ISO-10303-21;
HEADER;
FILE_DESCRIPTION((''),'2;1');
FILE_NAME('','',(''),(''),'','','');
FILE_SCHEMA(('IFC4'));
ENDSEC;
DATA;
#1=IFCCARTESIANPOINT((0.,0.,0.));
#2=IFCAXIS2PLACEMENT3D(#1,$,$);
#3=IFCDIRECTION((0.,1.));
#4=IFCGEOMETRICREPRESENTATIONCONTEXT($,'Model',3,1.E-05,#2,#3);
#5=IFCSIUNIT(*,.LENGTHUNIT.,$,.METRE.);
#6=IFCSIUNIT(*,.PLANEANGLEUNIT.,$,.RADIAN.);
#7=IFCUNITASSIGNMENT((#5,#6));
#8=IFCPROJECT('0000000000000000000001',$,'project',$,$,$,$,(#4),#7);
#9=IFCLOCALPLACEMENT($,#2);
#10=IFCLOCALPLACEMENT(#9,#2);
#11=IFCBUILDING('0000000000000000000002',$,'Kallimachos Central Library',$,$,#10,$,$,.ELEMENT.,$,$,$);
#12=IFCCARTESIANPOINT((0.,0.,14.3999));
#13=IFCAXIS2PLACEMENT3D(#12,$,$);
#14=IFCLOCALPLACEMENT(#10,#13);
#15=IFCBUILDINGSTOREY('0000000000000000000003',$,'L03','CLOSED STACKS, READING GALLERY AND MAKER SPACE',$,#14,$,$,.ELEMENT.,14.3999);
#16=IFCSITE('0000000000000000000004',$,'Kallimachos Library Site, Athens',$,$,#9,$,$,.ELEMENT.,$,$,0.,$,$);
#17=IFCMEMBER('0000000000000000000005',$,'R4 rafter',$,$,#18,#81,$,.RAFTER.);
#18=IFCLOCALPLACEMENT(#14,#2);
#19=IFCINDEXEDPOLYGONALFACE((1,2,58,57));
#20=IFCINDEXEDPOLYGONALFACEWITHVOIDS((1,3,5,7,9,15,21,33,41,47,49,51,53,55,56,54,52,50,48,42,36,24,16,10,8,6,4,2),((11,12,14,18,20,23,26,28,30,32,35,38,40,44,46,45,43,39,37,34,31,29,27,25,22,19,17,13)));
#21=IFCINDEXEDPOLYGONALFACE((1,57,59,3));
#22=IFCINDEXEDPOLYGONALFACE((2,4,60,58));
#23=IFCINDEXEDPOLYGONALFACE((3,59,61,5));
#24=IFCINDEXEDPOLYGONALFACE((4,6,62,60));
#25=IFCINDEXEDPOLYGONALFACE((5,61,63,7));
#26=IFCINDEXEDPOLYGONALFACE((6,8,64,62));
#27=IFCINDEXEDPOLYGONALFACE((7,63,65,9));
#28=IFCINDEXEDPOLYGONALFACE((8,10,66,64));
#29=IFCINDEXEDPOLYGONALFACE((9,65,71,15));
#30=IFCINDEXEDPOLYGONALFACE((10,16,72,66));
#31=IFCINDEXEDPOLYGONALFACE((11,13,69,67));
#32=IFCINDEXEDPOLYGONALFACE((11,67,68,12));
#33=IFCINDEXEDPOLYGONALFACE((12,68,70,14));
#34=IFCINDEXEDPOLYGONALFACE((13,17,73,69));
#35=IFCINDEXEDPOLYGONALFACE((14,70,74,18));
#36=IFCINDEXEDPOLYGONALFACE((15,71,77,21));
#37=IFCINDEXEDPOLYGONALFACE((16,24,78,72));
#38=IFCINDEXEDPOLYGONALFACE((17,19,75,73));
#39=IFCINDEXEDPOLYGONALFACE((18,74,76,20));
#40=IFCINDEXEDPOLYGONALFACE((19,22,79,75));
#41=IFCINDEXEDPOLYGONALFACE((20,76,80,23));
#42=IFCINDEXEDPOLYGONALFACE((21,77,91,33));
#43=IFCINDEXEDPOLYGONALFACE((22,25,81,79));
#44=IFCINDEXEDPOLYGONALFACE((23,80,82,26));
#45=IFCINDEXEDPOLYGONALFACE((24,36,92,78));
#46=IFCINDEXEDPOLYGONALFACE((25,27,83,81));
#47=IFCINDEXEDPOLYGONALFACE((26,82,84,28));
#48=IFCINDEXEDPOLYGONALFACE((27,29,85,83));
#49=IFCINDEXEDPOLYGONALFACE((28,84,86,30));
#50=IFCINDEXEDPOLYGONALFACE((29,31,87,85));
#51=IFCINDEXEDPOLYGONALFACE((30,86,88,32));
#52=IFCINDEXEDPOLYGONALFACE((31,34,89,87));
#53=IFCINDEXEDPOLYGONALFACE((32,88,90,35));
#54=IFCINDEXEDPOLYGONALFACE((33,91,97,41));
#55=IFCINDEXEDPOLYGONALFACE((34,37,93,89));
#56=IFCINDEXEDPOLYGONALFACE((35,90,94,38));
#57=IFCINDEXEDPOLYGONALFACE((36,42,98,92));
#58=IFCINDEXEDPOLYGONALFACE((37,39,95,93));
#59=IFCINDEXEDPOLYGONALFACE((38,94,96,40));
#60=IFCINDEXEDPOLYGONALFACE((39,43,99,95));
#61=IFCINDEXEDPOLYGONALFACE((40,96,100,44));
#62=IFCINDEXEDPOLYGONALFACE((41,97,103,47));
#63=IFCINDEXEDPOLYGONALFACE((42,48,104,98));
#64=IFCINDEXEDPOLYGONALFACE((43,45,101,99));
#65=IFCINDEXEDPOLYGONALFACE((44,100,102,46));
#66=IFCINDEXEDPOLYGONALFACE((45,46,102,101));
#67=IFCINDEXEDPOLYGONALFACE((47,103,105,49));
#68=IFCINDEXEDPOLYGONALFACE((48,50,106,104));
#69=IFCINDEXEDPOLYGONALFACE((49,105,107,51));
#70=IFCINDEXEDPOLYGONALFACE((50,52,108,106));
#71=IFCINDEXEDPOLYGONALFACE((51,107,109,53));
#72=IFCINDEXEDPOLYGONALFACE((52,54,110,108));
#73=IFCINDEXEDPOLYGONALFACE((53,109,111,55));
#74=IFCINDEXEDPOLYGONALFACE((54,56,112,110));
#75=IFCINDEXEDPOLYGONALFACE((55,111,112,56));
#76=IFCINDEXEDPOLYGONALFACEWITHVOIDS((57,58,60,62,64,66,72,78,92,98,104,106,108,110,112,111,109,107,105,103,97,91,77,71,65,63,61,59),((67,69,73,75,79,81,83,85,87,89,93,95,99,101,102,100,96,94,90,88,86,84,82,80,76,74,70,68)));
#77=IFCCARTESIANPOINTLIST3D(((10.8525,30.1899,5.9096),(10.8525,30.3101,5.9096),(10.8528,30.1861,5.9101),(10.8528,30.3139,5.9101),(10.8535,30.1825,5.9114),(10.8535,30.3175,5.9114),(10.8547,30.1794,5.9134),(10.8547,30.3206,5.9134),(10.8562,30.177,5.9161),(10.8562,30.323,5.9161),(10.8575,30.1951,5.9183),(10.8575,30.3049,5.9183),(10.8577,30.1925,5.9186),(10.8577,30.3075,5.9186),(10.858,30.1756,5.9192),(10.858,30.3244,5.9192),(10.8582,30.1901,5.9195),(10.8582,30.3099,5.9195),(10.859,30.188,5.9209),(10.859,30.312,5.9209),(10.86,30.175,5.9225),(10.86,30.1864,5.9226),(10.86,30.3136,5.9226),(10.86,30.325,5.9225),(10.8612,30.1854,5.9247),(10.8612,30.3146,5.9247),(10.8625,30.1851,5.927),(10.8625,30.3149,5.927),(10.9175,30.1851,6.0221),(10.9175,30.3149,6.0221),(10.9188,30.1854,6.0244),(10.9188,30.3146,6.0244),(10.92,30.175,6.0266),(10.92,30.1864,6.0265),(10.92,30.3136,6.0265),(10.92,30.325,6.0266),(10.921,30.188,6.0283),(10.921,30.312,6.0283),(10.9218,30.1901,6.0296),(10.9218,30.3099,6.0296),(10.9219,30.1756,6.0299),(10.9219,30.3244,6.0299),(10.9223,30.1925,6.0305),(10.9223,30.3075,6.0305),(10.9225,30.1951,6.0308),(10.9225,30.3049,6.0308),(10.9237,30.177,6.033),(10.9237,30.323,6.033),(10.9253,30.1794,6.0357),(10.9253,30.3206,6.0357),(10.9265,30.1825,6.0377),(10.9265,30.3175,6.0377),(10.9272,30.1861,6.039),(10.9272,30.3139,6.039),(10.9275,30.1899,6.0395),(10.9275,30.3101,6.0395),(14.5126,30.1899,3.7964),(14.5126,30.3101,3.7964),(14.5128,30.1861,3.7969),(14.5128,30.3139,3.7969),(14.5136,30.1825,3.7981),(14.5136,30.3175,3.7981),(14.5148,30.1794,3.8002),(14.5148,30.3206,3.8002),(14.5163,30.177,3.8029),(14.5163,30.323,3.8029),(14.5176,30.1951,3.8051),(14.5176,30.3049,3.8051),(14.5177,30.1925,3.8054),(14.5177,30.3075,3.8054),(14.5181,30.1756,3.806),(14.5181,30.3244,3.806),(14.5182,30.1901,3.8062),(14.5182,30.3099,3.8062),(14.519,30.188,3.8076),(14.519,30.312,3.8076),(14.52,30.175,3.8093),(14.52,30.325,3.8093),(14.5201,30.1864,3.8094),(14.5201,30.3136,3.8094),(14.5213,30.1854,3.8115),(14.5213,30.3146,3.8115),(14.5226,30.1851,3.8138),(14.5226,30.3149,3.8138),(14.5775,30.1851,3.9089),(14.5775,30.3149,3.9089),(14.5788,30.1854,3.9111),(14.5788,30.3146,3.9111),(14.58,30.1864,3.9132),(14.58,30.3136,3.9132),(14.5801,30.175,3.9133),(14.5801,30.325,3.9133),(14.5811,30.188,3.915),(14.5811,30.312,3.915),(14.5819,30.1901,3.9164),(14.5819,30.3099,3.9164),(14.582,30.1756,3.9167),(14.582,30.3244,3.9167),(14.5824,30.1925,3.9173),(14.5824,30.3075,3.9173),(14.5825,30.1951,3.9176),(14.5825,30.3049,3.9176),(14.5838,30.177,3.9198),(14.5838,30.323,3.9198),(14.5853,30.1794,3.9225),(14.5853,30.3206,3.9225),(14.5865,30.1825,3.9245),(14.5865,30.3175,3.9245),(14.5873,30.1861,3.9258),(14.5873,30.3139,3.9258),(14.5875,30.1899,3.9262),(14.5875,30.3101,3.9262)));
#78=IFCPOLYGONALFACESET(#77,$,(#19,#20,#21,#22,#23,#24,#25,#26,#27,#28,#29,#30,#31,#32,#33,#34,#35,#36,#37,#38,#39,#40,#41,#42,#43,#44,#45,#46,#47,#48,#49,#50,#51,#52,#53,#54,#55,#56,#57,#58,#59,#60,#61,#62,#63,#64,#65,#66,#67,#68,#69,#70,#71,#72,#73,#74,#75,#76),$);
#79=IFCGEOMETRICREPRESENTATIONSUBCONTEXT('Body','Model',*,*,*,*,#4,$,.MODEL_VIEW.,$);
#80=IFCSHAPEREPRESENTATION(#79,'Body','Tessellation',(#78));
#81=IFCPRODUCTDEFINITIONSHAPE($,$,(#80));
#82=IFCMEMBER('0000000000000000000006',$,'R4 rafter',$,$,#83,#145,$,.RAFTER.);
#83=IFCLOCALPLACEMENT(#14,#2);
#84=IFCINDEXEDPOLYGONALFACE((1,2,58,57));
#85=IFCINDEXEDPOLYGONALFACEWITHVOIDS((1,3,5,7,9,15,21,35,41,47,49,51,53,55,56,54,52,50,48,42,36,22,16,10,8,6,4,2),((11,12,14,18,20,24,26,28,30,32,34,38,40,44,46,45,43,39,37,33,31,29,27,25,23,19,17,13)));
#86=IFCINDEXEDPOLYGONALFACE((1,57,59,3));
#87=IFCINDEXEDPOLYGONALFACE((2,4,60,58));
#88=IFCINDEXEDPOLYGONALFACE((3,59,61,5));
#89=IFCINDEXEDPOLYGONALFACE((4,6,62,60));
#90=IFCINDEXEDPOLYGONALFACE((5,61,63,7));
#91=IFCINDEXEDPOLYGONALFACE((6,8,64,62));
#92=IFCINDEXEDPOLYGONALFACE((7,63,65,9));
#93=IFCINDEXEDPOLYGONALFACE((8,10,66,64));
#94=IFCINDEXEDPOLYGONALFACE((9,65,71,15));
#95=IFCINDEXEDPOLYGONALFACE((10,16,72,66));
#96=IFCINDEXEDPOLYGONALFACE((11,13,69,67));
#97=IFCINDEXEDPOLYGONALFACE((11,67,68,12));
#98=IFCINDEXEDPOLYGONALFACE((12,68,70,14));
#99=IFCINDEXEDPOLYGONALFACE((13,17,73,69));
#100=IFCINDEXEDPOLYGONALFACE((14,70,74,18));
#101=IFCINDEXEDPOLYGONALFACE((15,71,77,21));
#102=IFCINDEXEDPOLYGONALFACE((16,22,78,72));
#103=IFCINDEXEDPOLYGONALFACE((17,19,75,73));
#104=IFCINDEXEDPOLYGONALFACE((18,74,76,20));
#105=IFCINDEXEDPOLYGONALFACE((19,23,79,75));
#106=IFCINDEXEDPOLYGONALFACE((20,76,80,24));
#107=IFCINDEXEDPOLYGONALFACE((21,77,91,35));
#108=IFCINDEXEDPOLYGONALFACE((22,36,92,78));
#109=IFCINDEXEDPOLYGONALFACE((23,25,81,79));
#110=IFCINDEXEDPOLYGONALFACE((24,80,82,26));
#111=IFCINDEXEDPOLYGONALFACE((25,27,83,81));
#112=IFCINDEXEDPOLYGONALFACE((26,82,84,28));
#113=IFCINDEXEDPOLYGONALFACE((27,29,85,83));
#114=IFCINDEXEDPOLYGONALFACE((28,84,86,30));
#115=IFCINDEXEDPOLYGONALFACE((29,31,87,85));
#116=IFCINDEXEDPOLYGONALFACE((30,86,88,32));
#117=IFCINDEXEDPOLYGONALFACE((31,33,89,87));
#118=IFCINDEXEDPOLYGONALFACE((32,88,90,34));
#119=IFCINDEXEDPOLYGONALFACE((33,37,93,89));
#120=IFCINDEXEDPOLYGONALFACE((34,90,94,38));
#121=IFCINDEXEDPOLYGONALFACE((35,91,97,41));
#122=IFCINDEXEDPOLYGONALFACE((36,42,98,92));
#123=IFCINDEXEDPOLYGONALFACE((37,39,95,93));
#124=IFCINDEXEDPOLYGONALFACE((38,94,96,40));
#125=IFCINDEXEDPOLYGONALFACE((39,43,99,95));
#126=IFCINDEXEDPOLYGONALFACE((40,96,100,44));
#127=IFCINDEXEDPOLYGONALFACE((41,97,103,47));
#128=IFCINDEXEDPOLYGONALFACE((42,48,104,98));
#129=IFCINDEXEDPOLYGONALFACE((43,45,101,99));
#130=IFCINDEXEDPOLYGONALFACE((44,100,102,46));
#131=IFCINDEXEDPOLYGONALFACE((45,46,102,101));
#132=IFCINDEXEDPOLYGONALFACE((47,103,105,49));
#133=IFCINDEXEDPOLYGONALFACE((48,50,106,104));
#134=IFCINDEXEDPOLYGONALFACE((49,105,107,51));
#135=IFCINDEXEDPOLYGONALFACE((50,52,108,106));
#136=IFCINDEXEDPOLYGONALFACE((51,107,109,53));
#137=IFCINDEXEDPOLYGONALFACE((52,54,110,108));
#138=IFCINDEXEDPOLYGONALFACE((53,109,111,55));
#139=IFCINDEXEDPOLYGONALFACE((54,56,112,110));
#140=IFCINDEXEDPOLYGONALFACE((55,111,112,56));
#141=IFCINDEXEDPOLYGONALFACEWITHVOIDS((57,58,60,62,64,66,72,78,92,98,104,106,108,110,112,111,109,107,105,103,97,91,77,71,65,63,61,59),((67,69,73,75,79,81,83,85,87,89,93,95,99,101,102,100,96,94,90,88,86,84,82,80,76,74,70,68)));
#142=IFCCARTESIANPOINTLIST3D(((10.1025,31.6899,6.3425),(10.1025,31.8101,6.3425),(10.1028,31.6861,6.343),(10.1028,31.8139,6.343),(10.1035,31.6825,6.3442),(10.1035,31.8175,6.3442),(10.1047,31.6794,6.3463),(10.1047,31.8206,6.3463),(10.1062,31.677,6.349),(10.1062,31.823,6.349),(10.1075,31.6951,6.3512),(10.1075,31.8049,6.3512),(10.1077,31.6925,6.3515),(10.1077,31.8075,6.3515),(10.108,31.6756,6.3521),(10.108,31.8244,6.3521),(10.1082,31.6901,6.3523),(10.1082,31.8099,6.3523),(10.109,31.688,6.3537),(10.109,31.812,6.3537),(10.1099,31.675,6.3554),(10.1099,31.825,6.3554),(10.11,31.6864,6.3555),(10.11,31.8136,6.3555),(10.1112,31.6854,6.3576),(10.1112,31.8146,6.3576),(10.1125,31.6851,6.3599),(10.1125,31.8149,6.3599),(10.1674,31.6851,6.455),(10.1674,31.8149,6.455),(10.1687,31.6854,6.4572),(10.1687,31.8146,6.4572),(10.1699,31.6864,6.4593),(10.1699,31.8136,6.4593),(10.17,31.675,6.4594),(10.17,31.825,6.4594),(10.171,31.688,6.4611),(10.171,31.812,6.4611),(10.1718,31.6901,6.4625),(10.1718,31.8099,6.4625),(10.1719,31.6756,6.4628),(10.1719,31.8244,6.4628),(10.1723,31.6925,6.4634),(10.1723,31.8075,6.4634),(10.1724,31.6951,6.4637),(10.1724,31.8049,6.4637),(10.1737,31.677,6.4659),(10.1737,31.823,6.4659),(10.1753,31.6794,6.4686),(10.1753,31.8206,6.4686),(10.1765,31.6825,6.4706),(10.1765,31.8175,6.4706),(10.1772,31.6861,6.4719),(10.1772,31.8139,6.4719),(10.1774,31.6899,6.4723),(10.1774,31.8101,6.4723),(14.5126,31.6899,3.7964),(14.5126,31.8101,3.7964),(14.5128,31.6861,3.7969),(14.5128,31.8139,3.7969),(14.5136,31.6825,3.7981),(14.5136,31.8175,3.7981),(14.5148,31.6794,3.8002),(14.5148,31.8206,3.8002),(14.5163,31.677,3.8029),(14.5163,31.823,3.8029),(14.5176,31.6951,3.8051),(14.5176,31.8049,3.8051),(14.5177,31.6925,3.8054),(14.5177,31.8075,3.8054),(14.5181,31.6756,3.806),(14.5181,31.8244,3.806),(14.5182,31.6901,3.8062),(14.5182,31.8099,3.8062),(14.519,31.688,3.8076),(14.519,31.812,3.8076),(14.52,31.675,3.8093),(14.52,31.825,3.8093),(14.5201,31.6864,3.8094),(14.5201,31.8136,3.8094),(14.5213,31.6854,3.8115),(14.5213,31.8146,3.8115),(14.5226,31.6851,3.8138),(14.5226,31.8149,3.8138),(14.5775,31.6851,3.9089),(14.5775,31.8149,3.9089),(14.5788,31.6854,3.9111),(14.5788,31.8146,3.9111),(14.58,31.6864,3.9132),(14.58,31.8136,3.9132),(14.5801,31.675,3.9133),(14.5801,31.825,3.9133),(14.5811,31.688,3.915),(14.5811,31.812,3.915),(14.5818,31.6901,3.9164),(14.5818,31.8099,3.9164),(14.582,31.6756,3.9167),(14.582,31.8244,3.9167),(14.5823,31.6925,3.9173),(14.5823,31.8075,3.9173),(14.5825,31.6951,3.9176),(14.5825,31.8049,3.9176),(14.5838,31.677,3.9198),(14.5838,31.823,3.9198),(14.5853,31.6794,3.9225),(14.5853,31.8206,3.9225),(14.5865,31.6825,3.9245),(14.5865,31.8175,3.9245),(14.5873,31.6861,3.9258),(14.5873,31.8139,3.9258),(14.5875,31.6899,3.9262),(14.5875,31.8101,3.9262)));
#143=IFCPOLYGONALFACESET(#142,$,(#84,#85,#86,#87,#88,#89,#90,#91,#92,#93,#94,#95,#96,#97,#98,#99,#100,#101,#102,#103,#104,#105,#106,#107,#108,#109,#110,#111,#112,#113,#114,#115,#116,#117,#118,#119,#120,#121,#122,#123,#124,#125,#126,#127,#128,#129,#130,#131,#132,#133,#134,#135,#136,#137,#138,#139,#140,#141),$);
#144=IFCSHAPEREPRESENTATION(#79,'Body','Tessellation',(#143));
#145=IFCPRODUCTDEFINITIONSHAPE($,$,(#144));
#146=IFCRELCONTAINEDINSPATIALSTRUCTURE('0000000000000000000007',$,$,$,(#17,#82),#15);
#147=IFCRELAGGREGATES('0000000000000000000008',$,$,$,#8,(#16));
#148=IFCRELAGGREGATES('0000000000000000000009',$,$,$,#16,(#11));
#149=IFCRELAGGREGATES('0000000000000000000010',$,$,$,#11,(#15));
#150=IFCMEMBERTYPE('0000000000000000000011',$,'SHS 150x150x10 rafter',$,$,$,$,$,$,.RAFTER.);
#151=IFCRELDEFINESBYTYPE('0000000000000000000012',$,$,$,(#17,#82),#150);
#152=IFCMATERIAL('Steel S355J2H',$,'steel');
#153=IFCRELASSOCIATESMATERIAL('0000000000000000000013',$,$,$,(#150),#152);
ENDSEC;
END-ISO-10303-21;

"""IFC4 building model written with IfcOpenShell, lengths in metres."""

from ifc_helpers import new_model, si_unit, direction, frame, origin, origin_2d, place, context, subcontext, project, spatial, hollow_rectangle, extrude, material, material_profile, profile_set, type_object, element, save


model = new_model("IFC4")

# Units and contexts
model_context = context("Model", 3, precision=1e-05, world=origin(), true_north=direction((0.0, 1.0)))
body_context = subcontext(model_context, "Body", "Model", "MODEL_VIEW")
ifc_project = project(units=[si_unit("LENGTHUNIT", "METRE"), si_unit("PLANEANGLEUNIT", "RADIAN")], contexts=[model_context])

# Site, building, storey
site_placement = place(None, origin())
site = spatial("IfcSite", under=ifc_project, at=site_placement, Name="Kallimachos Library Site, Athens", CompositionType="ELEMENT", RefElevation=0.0)
building_placement = place(site_placement, origin())
building = spatial("IfcBuilding", under=site, at=building_placement, Name="Kallimachos Central Library", CompositionType="ELEMENT")
storey_placement = place(building_placement, frame((0.0, 0.0, 14.3999)))
storey = spatial("IfcBuildingStorey", under=building, at=storey_placement, Name="L03", Description="CLOSED STACKS, READING GALLERY AND MAKER SPACE", CompositionType="ELEMENT", Elevation=14.3999)

# Members
ifc_material_1 = material(Name="Steel S355J2H", Category="steel")
ifc_material_profile_1 = material_profile(ifc_material_1, hollow_rectangle(XDim=0.1499, YDim=0.1499, WallThickness=0.01, InnerFilletRadius=0.01, OuterFilletRadius=0.0149, at=origin_2d()), Name="SHS 150x150x10")
ifc_profile_set_1 = profile_set([ifc_material_profile_1], Name="Steel S355J2H")
member_type_1 = type_object("IfcMemberType", Name="SHS 150x150x10 rafter", PredefinedType="RAFTER", material=ifc_profile_set_1)
member_1_placement = place(storey_placement, frame((14.55, 30.25, 3.8613), z_axis=(-0.866016, 0.0, 0.500016), x_axis=(0.0, -1.0, 0.0)))
element("IfcMember", 1, at=member_1_placement, inside=storey, type_object=member_type_1, Name="R4 rafter", PredefinedType="RAFTER", context=body_context, shape_type="SweptSolid", body=[
    extrude(hollow_rectangle(XDim=0.1499, YDim=0.1499, WallThickness=0.01, InnerFilletRadius=0.01, OuterFilletRadius=0.0149, at=origin_2d()), origin(), (0.0, 0.0, 1.0), 4.2263),
])
member_2_placement = place(storey_placement, frame((14.55, 31.75, 3.8613), z_axis=(-0.866031, 0.0, 0.499991), x_axis=(0.0, -1.0, 0.0)))
element("IfcMember", 2, at=member_2_placement, inside=storey, type_object=member_type_1, Name="R4 rafter", PredefinedType="RAFTER", context=body_context, shape_type="SweptSolid", body=[
    extrude(hollow_rectangle(XDim=0.1499, YDim=0.1499, WallThickness=0.01, InnerFilletRadius=0.01, OuterFilletRadius=0.0149, at=origin_2d()), origin(), (0.0, 0.0, 1.0), 5.0923),
])

save(model, "model.ifc")
